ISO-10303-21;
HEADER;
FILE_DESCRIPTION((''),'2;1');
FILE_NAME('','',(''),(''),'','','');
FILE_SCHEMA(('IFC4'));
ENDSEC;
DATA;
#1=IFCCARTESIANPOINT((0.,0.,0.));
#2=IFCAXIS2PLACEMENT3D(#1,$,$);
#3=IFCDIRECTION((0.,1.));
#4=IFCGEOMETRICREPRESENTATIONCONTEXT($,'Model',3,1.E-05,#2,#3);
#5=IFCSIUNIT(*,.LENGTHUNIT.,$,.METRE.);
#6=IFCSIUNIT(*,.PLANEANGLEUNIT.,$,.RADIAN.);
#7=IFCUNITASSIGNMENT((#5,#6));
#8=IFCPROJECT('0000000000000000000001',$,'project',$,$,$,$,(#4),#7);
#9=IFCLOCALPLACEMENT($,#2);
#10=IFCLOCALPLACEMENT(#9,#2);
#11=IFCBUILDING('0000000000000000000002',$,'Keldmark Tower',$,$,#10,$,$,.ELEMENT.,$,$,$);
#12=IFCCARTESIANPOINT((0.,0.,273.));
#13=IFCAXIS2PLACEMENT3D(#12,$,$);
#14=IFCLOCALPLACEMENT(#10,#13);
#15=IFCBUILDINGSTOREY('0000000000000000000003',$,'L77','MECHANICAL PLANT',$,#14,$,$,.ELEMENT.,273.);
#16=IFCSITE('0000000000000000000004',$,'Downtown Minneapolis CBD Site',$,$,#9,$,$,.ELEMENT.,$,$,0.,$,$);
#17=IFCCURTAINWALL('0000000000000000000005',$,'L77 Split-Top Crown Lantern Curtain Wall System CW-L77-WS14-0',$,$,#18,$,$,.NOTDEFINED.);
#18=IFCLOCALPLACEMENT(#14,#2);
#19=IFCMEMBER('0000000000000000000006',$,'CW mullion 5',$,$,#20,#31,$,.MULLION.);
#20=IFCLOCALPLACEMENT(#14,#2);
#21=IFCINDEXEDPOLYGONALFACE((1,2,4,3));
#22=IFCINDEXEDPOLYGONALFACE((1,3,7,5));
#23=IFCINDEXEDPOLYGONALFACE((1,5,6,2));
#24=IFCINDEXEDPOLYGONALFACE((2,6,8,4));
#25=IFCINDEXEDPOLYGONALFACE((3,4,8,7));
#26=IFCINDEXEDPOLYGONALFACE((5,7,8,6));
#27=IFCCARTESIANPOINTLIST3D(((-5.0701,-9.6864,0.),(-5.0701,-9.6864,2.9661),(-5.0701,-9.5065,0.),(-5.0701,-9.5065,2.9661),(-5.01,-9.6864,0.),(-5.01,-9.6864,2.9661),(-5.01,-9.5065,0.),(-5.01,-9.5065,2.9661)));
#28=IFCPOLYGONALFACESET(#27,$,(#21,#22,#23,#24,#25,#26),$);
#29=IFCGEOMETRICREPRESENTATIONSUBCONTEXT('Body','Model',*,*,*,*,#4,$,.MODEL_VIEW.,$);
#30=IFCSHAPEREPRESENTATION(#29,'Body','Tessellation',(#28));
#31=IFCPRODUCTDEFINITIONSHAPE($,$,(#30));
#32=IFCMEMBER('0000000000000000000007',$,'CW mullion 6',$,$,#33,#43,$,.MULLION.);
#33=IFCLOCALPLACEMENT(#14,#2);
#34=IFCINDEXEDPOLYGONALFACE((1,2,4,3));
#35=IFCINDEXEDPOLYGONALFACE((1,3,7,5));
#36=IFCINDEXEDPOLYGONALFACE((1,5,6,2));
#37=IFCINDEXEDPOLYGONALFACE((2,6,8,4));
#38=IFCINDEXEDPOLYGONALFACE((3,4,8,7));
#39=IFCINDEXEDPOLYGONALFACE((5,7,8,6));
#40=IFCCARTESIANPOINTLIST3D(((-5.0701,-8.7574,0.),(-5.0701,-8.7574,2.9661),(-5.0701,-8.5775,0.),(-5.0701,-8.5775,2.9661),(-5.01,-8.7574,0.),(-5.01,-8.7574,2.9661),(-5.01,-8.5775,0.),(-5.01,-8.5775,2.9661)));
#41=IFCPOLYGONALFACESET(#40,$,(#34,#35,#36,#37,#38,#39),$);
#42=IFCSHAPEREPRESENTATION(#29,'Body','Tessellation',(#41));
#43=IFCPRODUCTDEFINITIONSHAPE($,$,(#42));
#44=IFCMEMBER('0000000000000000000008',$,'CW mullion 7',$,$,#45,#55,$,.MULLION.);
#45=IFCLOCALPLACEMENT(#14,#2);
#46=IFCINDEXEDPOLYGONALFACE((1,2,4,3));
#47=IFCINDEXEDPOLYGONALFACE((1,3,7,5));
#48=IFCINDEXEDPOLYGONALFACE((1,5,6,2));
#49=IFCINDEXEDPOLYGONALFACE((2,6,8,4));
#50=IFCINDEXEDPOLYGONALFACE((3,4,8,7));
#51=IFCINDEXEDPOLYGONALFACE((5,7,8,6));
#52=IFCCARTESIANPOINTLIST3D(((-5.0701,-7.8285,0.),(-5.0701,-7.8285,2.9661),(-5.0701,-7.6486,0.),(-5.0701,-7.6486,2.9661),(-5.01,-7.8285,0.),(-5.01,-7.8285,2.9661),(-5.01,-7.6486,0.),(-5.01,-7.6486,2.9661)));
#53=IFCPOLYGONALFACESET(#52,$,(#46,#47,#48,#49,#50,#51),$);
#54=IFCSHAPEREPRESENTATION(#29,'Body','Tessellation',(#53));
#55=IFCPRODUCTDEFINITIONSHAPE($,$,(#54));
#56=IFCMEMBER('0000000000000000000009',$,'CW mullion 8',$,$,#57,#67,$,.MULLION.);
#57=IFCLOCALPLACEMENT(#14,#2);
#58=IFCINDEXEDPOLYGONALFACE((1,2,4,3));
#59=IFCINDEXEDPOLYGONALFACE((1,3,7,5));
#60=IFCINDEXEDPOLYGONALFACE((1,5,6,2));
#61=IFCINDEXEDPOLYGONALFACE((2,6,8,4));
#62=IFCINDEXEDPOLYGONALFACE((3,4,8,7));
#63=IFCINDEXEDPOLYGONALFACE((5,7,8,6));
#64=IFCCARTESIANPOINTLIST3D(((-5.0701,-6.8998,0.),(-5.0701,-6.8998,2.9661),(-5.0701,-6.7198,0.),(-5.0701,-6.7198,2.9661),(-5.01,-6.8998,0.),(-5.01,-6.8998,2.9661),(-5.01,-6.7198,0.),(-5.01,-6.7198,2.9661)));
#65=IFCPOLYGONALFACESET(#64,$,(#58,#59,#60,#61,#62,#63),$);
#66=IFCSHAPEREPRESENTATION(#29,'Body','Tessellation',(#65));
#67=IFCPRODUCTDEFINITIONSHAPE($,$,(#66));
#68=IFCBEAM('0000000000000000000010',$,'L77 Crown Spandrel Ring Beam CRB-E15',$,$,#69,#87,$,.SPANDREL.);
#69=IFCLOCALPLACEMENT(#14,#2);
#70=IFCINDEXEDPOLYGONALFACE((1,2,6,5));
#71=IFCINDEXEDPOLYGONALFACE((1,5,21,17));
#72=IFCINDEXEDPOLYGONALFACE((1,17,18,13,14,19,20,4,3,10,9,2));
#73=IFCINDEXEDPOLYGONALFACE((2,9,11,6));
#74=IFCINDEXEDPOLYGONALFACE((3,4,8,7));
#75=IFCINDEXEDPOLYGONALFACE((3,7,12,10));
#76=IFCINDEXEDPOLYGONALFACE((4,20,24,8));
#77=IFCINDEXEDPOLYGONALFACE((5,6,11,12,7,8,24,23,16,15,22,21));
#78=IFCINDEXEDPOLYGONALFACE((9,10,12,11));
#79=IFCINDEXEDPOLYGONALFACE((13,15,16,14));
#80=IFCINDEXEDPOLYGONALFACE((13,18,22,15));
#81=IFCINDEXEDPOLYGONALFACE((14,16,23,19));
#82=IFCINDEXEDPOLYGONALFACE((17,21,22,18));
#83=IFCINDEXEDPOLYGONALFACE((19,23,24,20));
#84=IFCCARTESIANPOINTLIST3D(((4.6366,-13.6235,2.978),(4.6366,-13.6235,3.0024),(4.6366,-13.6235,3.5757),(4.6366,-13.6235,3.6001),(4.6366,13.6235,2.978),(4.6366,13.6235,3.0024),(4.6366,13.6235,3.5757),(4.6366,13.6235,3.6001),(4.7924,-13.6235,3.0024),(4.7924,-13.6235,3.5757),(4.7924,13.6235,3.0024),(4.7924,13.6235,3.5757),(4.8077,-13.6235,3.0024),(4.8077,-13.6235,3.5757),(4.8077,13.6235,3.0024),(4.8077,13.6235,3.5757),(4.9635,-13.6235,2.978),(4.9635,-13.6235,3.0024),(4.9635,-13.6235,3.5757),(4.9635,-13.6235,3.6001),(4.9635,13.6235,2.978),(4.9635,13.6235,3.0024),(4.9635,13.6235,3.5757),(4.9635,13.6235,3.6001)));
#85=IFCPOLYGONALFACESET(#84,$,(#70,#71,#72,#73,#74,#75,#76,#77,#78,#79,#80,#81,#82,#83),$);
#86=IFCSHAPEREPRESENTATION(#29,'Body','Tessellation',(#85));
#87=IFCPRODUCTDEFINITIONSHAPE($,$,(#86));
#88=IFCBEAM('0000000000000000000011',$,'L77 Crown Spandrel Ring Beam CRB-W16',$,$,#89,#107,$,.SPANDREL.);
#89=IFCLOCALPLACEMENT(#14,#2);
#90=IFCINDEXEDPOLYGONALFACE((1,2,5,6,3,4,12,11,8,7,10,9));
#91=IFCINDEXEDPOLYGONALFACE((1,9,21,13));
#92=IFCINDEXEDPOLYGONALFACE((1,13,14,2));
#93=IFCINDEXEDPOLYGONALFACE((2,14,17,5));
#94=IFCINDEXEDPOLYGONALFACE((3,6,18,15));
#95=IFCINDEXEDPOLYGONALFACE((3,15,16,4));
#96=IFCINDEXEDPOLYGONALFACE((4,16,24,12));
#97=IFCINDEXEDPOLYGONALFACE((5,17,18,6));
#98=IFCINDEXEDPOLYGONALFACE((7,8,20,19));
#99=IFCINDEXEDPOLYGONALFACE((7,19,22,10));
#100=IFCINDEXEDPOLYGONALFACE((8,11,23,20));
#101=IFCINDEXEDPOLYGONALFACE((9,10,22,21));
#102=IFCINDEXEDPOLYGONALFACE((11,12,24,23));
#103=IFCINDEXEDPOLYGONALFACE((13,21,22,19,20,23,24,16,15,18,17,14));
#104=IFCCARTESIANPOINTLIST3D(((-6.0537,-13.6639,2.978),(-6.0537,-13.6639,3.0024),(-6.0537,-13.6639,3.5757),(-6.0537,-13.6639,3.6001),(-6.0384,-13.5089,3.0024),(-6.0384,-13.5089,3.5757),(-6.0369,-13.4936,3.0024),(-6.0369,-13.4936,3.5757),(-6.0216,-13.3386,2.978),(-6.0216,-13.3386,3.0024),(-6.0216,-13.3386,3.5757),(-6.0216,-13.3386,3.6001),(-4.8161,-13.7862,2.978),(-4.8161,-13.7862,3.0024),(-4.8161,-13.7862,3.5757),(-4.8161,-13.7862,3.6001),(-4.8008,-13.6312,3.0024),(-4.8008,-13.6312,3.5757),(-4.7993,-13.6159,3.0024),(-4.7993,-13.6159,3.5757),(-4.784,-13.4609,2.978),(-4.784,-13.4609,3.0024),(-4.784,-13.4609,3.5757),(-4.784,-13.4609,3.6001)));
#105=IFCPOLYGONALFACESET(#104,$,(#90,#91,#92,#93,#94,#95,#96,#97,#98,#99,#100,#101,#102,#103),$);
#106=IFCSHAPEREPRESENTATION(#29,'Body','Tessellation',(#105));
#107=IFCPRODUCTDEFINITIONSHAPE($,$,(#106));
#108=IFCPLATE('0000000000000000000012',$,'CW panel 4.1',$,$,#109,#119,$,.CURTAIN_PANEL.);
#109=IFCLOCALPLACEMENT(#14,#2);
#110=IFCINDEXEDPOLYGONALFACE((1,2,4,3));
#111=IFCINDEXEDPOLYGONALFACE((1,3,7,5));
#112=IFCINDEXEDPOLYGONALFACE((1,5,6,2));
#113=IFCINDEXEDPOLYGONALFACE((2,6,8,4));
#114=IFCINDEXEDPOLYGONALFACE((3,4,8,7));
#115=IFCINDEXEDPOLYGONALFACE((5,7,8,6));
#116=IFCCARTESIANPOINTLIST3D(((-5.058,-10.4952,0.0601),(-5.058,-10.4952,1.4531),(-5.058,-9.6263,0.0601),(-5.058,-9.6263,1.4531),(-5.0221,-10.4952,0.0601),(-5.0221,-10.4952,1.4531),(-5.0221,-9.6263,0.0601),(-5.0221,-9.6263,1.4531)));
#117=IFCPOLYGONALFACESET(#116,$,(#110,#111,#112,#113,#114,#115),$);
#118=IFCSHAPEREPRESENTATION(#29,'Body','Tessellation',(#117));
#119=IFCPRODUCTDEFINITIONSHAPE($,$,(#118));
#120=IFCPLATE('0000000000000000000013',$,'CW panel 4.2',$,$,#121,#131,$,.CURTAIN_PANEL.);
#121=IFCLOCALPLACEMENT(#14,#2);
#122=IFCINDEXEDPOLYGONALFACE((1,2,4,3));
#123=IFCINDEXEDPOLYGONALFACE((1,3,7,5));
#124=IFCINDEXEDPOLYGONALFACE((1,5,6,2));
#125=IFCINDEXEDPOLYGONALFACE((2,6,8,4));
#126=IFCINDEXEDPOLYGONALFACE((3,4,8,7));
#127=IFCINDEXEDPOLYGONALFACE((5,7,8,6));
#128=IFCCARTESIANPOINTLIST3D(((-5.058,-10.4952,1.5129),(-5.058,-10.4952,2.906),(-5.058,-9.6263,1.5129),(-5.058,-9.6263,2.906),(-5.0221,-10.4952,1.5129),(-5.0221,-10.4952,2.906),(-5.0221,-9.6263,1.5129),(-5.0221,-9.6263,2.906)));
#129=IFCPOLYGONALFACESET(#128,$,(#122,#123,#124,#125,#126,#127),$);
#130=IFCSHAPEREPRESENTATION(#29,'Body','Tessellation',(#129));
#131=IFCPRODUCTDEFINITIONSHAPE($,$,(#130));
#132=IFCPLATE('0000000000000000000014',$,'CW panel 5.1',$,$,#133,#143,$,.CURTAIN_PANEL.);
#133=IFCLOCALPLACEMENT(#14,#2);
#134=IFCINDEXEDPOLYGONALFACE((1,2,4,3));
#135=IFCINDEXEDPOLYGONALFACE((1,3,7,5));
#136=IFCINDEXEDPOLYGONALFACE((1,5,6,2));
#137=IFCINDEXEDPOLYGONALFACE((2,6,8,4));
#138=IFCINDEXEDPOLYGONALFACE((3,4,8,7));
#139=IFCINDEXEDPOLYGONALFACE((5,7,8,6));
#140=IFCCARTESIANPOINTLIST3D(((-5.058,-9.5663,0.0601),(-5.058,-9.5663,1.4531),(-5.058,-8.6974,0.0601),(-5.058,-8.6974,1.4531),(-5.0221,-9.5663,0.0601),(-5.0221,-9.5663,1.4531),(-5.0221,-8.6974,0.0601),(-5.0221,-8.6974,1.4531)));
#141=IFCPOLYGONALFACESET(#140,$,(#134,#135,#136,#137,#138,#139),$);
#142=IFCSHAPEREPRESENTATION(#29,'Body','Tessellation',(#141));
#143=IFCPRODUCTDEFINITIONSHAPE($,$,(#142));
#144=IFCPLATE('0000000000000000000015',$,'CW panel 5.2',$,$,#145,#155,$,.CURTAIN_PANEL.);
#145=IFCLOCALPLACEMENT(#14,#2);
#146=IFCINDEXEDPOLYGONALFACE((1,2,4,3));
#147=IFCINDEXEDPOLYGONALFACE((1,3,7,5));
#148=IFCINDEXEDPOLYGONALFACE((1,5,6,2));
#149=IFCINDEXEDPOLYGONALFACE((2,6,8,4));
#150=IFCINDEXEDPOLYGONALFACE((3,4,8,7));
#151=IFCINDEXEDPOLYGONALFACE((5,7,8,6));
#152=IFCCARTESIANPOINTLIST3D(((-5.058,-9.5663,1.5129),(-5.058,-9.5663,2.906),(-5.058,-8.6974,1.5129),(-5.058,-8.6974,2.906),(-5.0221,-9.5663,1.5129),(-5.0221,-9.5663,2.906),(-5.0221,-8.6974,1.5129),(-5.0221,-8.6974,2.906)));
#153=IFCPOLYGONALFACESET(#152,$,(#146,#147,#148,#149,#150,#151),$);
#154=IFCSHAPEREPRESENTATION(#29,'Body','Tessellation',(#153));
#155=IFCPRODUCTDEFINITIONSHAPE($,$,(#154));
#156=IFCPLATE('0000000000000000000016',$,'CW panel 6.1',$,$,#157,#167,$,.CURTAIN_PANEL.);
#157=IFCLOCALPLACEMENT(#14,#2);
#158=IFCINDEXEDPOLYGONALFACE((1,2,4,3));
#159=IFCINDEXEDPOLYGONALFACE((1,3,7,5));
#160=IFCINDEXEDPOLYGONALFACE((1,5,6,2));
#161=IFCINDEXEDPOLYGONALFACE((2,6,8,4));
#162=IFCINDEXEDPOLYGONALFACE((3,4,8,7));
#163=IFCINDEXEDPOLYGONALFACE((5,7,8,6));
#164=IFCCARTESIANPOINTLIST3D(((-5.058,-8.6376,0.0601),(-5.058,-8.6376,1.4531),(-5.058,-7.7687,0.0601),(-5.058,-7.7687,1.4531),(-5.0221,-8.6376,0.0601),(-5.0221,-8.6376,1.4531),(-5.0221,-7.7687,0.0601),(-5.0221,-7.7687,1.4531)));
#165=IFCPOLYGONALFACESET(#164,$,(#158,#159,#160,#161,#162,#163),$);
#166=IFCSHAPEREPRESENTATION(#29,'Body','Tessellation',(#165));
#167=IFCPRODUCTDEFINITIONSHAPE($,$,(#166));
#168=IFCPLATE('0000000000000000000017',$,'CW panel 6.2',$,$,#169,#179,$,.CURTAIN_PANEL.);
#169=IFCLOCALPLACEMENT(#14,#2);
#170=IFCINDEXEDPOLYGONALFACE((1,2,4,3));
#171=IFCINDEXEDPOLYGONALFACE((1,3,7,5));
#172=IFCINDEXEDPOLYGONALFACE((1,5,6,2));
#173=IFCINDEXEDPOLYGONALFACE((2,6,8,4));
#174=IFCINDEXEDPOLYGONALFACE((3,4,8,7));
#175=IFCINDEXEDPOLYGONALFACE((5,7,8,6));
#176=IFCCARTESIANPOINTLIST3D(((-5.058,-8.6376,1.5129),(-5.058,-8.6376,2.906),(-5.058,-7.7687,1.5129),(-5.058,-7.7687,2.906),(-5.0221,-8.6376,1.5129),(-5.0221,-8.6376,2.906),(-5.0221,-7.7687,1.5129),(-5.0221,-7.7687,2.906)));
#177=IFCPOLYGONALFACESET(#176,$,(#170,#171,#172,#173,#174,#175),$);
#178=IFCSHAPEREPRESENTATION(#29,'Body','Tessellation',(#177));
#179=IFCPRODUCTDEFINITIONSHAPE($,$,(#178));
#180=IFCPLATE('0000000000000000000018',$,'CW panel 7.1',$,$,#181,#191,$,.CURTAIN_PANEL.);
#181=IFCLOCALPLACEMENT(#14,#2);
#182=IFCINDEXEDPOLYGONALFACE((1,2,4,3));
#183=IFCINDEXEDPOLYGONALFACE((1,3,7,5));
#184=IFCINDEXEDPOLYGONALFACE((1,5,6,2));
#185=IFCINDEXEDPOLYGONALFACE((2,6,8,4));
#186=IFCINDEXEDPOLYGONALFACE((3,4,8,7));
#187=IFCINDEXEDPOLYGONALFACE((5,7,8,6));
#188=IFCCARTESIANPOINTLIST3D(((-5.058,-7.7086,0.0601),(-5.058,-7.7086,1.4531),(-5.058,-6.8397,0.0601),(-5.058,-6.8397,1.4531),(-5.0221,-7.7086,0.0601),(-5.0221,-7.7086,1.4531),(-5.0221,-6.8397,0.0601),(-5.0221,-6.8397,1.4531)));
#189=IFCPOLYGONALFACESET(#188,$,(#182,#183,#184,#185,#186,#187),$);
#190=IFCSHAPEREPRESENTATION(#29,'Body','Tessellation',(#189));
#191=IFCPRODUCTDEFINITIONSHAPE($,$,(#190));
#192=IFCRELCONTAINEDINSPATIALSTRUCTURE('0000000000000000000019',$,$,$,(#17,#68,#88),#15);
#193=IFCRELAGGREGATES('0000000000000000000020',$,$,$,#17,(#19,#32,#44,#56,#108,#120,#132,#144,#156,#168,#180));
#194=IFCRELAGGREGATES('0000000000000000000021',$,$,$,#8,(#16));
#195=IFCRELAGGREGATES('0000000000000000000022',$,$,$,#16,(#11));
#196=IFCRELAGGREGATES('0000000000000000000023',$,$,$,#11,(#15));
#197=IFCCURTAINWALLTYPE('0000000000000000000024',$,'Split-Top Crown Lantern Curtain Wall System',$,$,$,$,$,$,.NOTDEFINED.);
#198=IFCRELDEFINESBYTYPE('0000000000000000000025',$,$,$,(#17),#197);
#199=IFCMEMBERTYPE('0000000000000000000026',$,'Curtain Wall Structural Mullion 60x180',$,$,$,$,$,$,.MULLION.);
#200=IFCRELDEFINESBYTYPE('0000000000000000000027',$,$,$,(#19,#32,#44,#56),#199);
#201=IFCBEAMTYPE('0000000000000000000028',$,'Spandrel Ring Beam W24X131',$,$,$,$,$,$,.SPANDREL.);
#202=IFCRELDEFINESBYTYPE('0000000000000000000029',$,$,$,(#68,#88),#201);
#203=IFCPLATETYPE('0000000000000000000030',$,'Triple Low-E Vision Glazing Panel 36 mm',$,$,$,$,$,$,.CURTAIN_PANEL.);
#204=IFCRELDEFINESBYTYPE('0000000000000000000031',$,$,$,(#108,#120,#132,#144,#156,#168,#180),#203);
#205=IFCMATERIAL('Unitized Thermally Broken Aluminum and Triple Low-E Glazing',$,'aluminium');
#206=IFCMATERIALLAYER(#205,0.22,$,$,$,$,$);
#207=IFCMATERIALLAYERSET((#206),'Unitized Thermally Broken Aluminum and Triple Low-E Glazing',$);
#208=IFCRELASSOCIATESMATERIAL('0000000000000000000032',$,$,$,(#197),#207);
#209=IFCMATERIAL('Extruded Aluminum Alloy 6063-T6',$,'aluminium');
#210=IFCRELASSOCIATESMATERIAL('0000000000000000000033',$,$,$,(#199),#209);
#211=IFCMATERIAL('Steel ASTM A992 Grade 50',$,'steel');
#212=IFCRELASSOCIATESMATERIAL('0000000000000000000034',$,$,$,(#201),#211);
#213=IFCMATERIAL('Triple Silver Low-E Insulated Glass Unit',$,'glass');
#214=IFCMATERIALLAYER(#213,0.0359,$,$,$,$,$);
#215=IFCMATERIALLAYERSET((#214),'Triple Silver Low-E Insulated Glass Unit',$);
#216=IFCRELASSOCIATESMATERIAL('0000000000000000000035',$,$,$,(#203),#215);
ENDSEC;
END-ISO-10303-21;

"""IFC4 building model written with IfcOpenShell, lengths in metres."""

from ifc_helpers import new_model, si_unit, direction, frame, origin, origin_2d, place, context, subcontext, project, spatial, rectangle, i_section, extrude, material, layer, layer_set, material_profile, profile_set, type_object, element, aggregate, save


model = new_model("IFC4")

# Units and contexts
model_context = context("Model", 3, precision=1e-05, world=origin(), true_north=direction((0.0, 1.0)))
body_context = subcontext(model_context, "Body", "Model", "MODEL_VIEW")
ifc_project = project(units=[si_unit("LENGTHUNIT", "METRE"), si_unit("PLANEANGLEUNIT", "RADIAN")], contexts=[model_context])

# Site, building, storey
site_placement = place(None, origin())
site = spatial("IfcSite", under=ifc_project, at=site_placement, Name="Downtown Minneapolis CBD Site", CompositionType="ELEMENT", RefElevation=0.0)
building_placement = place(site_placement, origin())
building = spatial("IfcBuilding", under=site, at=building_placement, Name="Keldmark Tower", CompositionType="ELEMENT")
storey_placement = place(building_placement, frame((0.0, 0.0, 273.0)))
storey = spatial("IfcBuildingStorey", under=building, at=storey_placement, Name="L77", Description="MECHANICAL PLANT", CompositionType="ELEMENT", Elevation=273.0)

# Curtain wall, members
ifc_material_1 = material(Name="Unitized Thermally Broken Aluminum and Triple Low-E Glazing", Category="aluminium")
ifc_layer_1 = layer(ifc_material_1, 0.22)
ifc_layer_set_1 = layer_set([ifc_layer_1], Name="Unitized Thermally Broken Aluminum and Triple Low-E Glazing")
curtain_wall_type = type_object("IfcCurtainWallType", Name="Split-Top Crown Lantern Curtain Wall System", PredefinedType="NOTDEFINED", material=ifc_layer_set_1)
curtain_wall_placement = place(storey_placement, origin())
curtain_wall = element("IfcCurtainWall", 1, at=curtain_wall_placement, inside=storey, type_object=curtain_wall_type, Name="L77 Split-Top Crown Lantern Curtain Wall System CW-L77-WS14-0", PredefinedType="NOTDEFINED")
ifc_material_2 = material(Name="Extruded Aluminum Alloy 6063-T6", Category="aluminium")
ifc_material_profile_1 = material_profile(ifc_material_2, rectangle(XDim=0.0601, YDim=0.1799, at=origin_2d()), Name="CWM60X180")
ifc_profile_set_1 = profile_set([ifc_material_profile_1], Name="Extruded Aluminum Alloy 6063-T6")
member_type_1 = type_object("IfcMemberType", Name="Curtain Wall Structural Mullion 60x180", PredefinedType="MULLION", material=ifc_profile_set_1)
member_1_placement = place(storey_placement, frame((-5.04, -9.5964, 0.0), z_axis=(0.0, 0.0, 1.0), x_axis=(-1.0, 0.0, 0.0)))
member_1 = element("IfcMember", 2, at=member_1_placement, type_object=member_type_1, Name="CW mullion 5", PredefinedType="MULLION", context=body_context, shape_type="SweptSolid", body=[
    extrude(rectangle(XDim=0.0601, YDim=0.1799, at=origin_2d()), origin(), (0.0, 0.0, 1.0), 2.9661),
])
member_2_placement = place(storey_placement, frame((-5.04, -8.6675, 0.0), z_axis=(0.0, 0.0, 1.0), x_axis=(-1.0, 0.0, 0.0)))
member_2 = element("IfcMember", 3, at=member_2_placement, type_object=member_type_1, Name="CW mullion 6", PredefinedType="MULLION", context=body_context, shape_type="SweptSolid", body=[
    extrude(rectangle(XDim=0.0601, YDim=0.1799, at=origin_2d()), origin(), (0.0, 0.0, 1.0), 2.9661),
])
member_3_placement = place(storey_placement, frame((-5.04, -7.7385, 0.0), z_axis=(0.0, 0.0, 1.0), x_axis=(-1.0, 0.0, 0.0)))
member_3 = element("IfcMember", 4, at=member_3_placement, type_object=member_type_1, Name="CW mullion 7", PredefinedType="MULLION", context=body_context, shape_type="SweptSolid", body=[
    extrude(rectangle(XDim=0.0601, YDim=0.1799, at=origin_2d()), origin(), (0.0, 0.0, 1.0), 2.9661),
])
member_4_placement = place(storey_placement, frame((-5.04, -6.8098, 0.0), z_axis=(0.0, 0.0, 1.0), x_axis=(-1.0, 0.0, 0.0)))
member_4 = element("IfcMember", 5, at=member_4_placement, type_object=member_type_1, Name="CW mullion 8", PredefinedType="MULLION", context=body_context, shape_type="SweptSolid", body=[
    extrude(rectangle(XDim=0.0601, YDim=0.1799, at=origin_2d()), origin(), (0.0, 0.0, 1.0), 2.9661),
])

# Beams
ifc_material_3 = material(Name="Steel ASTM A992 Grade 50", Category="steel")
ifc_material_profile_2 = material_profile(ifc_material_3, i_section(OverallWidth=0.3269, OverallDepth=0.6221, WebThickness=0.0154, FlangeThickness=0.0244, at=origin_2d()), Name="W24X131")
ifc_profile_set_2 = profile_set([ifc_material_profile_2], Name="Steel ASTM A992 Grade 50")
beam_type = type_object("IfcBeamType", Name="Spandrel Ring Beam W24X131", PredefinedType="SPANDREL", material=ifc_profile_set_2)
beam_1_placement = place(storey_placement, frame((4.8, -13.6235, 3.2891), z_axis=(0.0, 1.0, 0.0), x_axis=(-1.0, 0.0, 0.0)))
element("IfcBeam", 6, at=beam_1_placement, inside=storey, type_object=beam_type, Name="L77 Crown Spandrel Ring Beam CRB-E15", PredefinedType="SPANDREL", context=body_context, shape_type="SweptSolid", body=[
    extrude(i_section(OverallWidth=0.3269, OverallDepth=0.6221, WebThickness=0.0154, FlangeThickness=0.0244, at=origin_2d()), origin(), (0.0, 0.0, 1.0), 27.2471),
])
beam_2_placement = place(storey_placement, frame((-4.8, -13.6235, 3.2891), z_axis=(-0.995151, 0.098357, 0.0), x_axis=(-0.098357, -0.995151, 0.0)))
element("IfcBeam", 7, at=beam_2_placement, inside=storey, type_object=beam_type, Name="L77 Crown Spandrel Ring Beam CRB-W16", PredefinedType="SPANDREL", context=body_context, shape_type="SweptSolid", body=[
    extrude(i_section(OverallWidth=0.3269, OverallDepth=0.6221, WebThickness=0.0154, FlangeThickness=0.0244, at=origin_2d()), origin(), (0.0, 0.0, 1.0), 1.2437),
])

# Plates
ifc_material_4 = material(Name="Triple Silver Low-E Insulated Glass Unit", Category="glass")
ifc_layer_2 = layer(ifc_material_4, 0.0359)
ifc_layer_set_2 = layer_set([ifc_layer_2], Name="Triple Silver Low-E Insulated Glass Unit")
plate_type = type_object("IfcPlateType", Name="Triple Low-E Vision Glazing Panel 36 mm", PredefinedType="CURTAIN_PANEL", material=ifc_layer_set_2)
plate_1_placement = place(storey_placement, frame((-5.04, -10.0608, 0.0601), z_axis=(0.0, 0.0, 1.0), x_axis=(0.0, 1.0, 0.0)))
plate_1 = element("IfcPlate", 8, at=plate_1_placement, type_object=plate_type, Name="CW panel 4.1", PredefinedType="CURTAIN_PANEL", context=body_context, shape_type="SweptSolid", body=[
    extrude(rectangle(XDim=0.8689, YDim=0.0359, at=origin_2d()), origin(), (0.0, 0.0, 1.0), 1.3931),
])
plate_2_placement = place(storey_placement, frame((-5.04, -10.0608, 1.5129), z_axis=(0.0, 0.0, 1.0), x_axis=(0.0, 1.0, 0.0)))
plate_2 = element("IfcPlate", 9, at=plate_2_placement, type_object=plate_type, Name="CW panel 4.2", PredefinedType="CURTAIN_PANEL", context=body_context, shape_type="SweptSolid", body=[
    extrude(rectangle(XDim=0.8689, YDim=0.0359, at=origin_2d()), origin(), (0.0, 0.0, 1.0), 1.3931),
])
plate_3_placement = place(storey_placement, frame((-5.04, -9.1318, 0.0601), z_axis=(0.0, 0.0, 1.0), x_axis=(0.0, 1.0, 0.0)))
plate_3 = element("IfcPlate", 10, at=plate_3_placement, type_object=plate_type, Name="CW panel 5.1", PredefinedType="CURTAIN_PANEL", context=body_context, shape_type="SweptSolid", body=[
    extrude(rectangle(XDim=0.8689, YDim=0.0359, at=origin_2d()), origin(), (0.0, 0.0, 1.0), 1.3931),
])
plate_4_placement = place(storey_placement, frame((-5.04, -9.1318, 1.5129), z_axis=(0.0, 0.0, 1.0), x_axis=(0.0, 1.0, 0.0)))
plate_4 = element("IfcPlate", 11, at=plate_4_placement, type_object=plate_type, Name="CW panel 5.2", PredefinedType="CURTAIN_PANEL", context=body_context, shape_type="SweptSolid", body=[
    extrude(rectangle(XDim=0.8689, YDim=0.0359, at=origin_2d()), origin(), (0.0, 0.0, 1.0), 1.3931),
])
plate_5_placement = place(storey_placement, frame((-5.04, -8.2031, 0.0601), z_axis=(0.0, 0.0, 1.0), x_axis=(0.0, 1.0, 0.0)))
plate_5 = element("IfcPlate", 12, at=plate_5_placement, type_object=plate_type, Name="CW panel 6.1", PredefinedType="CURTAIN_PANEL", context=body_context, shape_type="SweptSolid", body=[
    extrude(rectangle(XDim=0.8689, YDim=0.0359, at=origin_2d()), origin(), (0.0, 0.0, 1.0), 1.3931),
])
plate_6_placement = place(storey_placement, frame((-5.04, -8.2031, 1.5129), z_axis=(0.0, 0.0, 1.0), x_axis=(0.0, 1.0, 0.0)))
plate_6 = element("IfcPlate", 13, at=plate_6_placement, type_object=plate_type, Name="CW panel 6.2", PredefinedType="CURTAIN_PANEL", context=body_context, shape_type="SweptSolid", body=[
    extrude(rectangle(XDim=0.8689, YDim=0.0359, at=origin_2d()), origin(), (0.0, 0.0, 1.0), 1.3931),
])
plate_7_placement = place(storey_placement, frame((-5.04, -7.2742, 0.0601), z_axis=(0.0, 0.0, 1.0), x_axis=(0.0, 1.0, 0.0)))
plate_7 = element("IfcPlate", 14, at=plate_7_placement, type_object=plate_type, Name="CW panel 7.1", PredefinedType="CURTAIN_PANEL", context=body_context, shape_type="SweptSolid", body=[
    extrude(rectangle(XDim=0.8689, YDim=0.0359, at=origin_2d()), origin(), (0.0, 0.0, 1.0), 1.3931),
])
aggregate(curtain_wall, [member_1, member_2, member_3, member_4, plate_1, plate_2, plate_3, plate_4, plate_5, plate_6, plate_7])

save(model, "model.ifc")
